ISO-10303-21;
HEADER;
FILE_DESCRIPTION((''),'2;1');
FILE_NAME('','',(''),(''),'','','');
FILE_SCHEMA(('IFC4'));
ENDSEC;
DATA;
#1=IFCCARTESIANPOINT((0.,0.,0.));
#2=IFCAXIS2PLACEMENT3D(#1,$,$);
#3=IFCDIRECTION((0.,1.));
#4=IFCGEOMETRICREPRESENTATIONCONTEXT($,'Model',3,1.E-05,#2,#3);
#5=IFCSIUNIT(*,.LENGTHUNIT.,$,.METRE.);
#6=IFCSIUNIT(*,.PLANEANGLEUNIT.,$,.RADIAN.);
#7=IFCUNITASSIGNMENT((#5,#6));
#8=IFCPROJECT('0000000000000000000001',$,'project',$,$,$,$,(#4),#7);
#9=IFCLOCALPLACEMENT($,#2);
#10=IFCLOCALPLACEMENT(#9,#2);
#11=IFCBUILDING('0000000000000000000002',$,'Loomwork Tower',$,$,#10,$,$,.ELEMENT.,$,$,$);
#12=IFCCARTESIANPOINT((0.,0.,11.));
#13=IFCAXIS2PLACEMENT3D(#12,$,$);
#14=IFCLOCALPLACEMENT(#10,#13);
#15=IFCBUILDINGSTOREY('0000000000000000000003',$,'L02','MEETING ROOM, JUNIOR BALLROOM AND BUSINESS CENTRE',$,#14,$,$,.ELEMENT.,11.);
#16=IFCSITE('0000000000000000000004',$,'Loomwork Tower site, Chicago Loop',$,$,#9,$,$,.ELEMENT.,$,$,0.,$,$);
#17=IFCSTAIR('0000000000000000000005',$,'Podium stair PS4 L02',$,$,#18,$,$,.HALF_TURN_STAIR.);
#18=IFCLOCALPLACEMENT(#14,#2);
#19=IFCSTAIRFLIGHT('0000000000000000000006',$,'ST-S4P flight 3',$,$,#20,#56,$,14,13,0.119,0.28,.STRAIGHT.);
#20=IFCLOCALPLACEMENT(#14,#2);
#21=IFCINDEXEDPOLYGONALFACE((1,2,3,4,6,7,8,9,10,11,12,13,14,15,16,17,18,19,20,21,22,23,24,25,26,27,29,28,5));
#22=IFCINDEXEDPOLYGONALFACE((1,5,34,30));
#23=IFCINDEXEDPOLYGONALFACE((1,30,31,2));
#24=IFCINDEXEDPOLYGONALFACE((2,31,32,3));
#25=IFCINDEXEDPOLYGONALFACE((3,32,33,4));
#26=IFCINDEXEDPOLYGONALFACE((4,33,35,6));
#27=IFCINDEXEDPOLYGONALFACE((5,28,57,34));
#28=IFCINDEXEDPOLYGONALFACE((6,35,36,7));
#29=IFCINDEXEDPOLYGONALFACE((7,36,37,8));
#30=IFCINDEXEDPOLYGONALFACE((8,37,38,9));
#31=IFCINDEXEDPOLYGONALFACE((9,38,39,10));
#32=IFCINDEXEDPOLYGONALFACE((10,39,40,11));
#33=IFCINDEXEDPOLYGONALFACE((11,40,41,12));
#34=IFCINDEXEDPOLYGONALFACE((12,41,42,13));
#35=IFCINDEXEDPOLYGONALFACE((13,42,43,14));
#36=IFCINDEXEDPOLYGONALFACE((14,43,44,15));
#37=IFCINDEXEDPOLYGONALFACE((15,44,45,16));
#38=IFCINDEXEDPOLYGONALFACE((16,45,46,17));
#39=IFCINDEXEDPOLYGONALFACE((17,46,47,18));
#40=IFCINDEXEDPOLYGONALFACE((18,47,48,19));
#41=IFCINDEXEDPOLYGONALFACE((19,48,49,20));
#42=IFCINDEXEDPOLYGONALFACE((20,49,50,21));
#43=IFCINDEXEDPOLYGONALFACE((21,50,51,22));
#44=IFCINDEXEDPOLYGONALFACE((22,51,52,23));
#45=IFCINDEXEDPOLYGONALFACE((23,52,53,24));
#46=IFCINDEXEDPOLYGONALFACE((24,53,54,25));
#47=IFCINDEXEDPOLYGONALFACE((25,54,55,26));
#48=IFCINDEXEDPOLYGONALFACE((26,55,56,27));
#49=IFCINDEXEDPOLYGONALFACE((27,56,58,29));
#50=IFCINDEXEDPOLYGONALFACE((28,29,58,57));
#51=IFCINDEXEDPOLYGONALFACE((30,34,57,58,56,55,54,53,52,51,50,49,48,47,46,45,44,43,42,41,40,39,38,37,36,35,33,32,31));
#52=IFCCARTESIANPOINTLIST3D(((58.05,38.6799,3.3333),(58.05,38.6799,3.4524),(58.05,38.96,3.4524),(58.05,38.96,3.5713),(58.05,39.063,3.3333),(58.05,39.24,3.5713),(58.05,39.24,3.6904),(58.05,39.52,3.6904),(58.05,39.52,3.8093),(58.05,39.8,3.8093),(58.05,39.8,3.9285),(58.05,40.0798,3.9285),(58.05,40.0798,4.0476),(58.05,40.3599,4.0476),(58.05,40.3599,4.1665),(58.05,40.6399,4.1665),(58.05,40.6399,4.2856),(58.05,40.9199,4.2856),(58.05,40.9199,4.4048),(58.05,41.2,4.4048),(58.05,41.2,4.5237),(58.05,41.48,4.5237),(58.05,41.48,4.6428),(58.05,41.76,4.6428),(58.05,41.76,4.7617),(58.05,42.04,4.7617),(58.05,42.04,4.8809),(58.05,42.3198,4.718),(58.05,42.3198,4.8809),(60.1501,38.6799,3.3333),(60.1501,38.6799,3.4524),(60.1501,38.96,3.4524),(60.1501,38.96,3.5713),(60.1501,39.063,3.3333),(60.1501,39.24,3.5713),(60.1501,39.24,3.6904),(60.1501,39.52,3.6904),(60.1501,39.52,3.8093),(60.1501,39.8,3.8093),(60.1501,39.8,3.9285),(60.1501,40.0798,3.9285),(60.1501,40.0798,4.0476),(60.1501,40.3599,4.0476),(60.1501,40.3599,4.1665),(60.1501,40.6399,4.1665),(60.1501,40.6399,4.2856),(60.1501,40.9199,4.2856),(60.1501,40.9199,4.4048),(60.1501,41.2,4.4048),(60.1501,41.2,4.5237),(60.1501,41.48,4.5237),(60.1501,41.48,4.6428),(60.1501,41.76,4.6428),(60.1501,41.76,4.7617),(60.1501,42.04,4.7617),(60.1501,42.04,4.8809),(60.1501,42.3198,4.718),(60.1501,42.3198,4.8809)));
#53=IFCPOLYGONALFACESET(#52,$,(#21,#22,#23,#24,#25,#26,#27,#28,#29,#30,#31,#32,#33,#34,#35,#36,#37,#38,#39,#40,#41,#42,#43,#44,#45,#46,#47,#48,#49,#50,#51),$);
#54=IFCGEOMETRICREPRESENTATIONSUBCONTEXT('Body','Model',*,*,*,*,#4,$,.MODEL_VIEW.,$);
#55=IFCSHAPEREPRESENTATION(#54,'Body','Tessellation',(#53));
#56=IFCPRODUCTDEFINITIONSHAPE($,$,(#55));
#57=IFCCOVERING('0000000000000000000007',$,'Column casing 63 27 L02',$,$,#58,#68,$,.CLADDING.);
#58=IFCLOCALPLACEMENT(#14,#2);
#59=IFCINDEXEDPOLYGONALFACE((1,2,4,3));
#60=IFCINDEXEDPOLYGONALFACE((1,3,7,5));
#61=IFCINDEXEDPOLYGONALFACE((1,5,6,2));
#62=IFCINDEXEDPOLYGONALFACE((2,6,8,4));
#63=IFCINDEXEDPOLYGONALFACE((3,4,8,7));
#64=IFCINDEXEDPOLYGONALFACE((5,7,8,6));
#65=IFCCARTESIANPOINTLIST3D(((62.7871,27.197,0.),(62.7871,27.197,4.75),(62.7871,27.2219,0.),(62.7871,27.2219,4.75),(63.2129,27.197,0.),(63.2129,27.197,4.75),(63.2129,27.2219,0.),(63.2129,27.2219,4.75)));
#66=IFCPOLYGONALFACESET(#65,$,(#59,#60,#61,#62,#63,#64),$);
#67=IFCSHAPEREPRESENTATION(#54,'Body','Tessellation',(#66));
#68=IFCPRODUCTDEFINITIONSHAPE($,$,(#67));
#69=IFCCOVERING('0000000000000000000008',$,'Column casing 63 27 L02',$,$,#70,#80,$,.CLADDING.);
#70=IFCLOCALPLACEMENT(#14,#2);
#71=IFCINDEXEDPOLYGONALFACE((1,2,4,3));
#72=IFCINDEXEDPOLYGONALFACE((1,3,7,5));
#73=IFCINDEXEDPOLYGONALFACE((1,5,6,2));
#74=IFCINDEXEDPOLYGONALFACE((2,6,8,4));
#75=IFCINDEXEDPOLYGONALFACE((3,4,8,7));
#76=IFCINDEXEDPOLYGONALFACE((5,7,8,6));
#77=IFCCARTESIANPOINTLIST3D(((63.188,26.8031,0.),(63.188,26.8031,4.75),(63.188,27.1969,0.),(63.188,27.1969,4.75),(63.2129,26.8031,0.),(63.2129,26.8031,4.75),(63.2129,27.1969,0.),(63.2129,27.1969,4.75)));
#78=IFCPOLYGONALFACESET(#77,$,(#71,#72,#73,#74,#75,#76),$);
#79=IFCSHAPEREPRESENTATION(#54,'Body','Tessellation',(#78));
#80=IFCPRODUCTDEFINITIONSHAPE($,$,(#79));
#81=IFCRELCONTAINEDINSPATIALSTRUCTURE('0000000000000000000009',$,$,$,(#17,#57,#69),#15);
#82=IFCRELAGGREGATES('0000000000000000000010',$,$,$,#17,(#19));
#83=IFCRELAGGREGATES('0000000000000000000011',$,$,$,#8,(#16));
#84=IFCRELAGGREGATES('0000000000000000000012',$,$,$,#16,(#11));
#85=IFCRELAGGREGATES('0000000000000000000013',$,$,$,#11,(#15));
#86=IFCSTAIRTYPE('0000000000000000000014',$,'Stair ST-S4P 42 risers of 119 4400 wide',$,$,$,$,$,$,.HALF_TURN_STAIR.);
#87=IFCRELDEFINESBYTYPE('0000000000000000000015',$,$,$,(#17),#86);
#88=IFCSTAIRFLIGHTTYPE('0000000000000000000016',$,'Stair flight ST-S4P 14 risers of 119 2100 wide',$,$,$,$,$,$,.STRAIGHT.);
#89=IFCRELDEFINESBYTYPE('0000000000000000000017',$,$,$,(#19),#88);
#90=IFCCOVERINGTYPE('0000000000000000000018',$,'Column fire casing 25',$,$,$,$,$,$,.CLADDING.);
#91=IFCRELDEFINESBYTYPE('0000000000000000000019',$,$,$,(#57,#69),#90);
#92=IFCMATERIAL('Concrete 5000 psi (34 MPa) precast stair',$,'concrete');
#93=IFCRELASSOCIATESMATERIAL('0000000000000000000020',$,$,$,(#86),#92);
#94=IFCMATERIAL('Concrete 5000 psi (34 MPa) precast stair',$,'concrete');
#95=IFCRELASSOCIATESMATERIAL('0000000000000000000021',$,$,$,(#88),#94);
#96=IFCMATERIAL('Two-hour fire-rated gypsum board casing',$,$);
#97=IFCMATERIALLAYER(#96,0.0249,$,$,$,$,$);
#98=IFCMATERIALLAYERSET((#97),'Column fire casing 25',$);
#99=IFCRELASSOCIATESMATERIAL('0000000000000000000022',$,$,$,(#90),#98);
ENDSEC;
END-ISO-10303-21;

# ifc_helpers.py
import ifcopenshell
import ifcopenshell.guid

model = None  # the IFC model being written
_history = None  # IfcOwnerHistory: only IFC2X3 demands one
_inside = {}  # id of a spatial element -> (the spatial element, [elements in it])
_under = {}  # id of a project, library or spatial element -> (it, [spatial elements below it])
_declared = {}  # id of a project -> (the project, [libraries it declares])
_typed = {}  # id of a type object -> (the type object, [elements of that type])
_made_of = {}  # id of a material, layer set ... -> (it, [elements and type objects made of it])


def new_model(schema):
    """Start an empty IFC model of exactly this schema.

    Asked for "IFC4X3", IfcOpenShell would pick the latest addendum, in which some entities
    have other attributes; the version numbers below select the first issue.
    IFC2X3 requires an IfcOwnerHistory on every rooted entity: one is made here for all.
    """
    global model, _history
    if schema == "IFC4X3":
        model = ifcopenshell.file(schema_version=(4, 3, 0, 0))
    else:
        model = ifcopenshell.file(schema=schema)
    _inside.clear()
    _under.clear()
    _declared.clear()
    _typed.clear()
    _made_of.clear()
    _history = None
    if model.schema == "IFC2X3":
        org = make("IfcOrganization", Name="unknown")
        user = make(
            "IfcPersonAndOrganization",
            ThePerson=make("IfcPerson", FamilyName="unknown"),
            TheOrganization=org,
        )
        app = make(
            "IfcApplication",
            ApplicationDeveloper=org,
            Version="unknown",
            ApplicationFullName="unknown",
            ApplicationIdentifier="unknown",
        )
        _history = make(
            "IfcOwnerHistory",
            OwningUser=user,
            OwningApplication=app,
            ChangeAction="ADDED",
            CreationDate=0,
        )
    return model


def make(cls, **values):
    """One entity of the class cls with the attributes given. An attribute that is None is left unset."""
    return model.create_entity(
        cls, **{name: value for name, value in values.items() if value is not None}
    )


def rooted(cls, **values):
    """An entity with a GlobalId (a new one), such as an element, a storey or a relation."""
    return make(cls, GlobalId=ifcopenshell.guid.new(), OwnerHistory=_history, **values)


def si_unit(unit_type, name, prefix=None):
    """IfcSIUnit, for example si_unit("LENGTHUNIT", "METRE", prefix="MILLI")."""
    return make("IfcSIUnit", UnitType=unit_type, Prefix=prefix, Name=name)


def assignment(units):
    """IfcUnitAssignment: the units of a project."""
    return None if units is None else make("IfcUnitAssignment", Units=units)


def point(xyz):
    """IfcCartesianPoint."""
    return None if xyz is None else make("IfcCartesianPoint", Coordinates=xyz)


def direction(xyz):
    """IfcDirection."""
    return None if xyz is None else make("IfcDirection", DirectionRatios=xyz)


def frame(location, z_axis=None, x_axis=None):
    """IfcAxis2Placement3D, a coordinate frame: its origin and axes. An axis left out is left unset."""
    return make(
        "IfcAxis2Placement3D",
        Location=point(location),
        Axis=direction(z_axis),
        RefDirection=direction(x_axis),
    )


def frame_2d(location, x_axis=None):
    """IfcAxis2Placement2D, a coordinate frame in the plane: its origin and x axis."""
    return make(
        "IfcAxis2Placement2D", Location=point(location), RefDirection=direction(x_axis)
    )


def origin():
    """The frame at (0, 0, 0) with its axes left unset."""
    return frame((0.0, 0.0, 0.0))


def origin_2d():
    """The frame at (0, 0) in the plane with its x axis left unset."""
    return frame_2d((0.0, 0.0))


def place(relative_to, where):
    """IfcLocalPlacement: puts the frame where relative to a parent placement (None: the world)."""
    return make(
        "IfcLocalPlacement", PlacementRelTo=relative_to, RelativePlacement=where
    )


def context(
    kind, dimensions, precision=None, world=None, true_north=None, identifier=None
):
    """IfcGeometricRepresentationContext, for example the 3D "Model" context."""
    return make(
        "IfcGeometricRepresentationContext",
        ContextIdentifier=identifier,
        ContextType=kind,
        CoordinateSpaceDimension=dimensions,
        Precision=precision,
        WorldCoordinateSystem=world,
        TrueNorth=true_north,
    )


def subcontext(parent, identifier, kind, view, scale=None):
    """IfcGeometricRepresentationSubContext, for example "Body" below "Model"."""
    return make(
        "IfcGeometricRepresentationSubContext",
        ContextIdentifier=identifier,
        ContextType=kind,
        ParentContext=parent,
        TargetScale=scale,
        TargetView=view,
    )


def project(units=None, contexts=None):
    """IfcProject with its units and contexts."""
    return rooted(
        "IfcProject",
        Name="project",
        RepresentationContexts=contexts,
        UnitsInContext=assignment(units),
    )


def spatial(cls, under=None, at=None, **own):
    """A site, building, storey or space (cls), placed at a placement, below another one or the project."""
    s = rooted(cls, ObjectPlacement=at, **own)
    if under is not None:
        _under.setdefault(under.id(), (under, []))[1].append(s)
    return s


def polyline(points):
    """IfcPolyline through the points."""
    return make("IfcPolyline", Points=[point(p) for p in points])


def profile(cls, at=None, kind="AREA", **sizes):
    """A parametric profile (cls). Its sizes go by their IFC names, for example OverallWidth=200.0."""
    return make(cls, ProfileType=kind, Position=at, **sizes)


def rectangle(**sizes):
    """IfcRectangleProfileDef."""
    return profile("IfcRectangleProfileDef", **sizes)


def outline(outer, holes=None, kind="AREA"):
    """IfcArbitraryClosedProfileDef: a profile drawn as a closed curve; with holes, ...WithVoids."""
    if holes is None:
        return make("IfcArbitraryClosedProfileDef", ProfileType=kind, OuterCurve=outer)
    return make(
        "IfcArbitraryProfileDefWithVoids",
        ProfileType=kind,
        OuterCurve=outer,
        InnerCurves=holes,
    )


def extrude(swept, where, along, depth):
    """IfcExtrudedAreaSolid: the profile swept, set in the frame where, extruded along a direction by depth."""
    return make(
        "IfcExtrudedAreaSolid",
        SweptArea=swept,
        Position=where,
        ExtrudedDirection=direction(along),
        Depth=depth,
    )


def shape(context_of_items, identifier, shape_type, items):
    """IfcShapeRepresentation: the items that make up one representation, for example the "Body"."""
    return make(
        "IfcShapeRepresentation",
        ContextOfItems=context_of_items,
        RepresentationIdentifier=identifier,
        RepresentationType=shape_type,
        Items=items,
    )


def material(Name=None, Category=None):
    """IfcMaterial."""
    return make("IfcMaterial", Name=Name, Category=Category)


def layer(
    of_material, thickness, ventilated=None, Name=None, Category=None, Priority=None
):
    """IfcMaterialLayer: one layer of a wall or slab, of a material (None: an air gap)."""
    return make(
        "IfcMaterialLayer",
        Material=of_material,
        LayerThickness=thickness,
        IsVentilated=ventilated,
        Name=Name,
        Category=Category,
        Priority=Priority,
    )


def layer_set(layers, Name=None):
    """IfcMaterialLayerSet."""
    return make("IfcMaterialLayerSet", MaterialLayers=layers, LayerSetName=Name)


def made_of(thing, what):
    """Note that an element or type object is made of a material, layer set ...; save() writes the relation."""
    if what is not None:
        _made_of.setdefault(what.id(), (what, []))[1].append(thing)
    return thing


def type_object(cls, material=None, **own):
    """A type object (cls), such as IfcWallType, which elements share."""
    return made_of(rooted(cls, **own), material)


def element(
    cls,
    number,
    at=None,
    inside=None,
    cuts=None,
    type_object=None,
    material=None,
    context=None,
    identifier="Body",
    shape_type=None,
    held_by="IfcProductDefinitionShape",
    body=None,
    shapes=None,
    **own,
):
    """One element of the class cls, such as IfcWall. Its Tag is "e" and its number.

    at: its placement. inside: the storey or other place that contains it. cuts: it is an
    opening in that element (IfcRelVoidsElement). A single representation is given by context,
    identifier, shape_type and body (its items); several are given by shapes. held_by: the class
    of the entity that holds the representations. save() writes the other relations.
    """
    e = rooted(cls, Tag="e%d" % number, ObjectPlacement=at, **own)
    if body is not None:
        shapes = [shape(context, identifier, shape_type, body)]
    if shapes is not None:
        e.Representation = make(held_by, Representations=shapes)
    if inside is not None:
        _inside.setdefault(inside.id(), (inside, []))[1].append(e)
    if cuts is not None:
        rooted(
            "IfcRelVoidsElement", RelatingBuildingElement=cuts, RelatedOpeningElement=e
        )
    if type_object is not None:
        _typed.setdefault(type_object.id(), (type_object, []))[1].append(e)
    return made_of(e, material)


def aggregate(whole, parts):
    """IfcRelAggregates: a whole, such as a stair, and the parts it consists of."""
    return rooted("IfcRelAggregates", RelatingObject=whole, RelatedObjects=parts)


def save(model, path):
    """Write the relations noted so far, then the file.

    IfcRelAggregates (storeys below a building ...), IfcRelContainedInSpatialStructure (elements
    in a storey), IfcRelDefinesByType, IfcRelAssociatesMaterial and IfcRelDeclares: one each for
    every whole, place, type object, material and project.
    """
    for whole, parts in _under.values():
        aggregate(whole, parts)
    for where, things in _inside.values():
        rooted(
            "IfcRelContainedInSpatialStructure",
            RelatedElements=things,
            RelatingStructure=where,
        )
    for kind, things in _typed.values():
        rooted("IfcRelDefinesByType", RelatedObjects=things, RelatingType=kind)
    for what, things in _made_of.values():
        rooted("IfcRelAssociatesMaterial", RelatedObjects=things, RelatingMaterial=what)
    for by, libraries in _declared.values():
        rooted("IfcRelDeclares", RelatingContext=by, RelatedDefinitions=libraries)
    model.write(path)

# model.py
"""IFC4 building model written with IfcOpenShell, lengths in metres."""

from ifc_helpers import new_model, si_unit, direction, frame, origin, origin_2d, place, context, subcontext, project, spatial, polyline, rectangle, outline, extrude, material, layer, layer_set, type_object, element, aggregate, save


model = new_model("IFC4")

# Units and contexts
model_context = context("Model", 3, precision=1e-05, world=origin(), true_north=direction((0.0, 1.0)))
body_context = subcontext(model_context, "Body", "Model", "MODEL_VIEW")
ifc_project = project(units=[si_unit("LENGTHUNIT", "METRE"), si_unit("PLANEANGLEUNIT", "RADIAN")], contexts=[model_context])

# Site, building, storey
site_placement = place(None, origin())
site = spatial("IfcSite", under=ifc_project, at=site_placement, Name="Loomwork Tower site, Chicago Loop", CompositionType="ELEMENT", RefElevation=0.0)
building_placement = place(site_placement, origin())
building = spatial("IfcBuilding", under=site, at=building_placement, Name="Loomwork Tower", CompositionType="ELEMENT")
storey_placement = place(building_placement, frame((0.0, 0.0, 11.0)))
storey = spatial("IfcBuildingStorey", under=building, at=storey_placement, Name="L02", Description="MEETING ROOM, JUNIOR BALLROOM AND BUSINESS CENTRE", CompositionType="ELEMENT", Elevation=11.0)

# Stair, stair flight
ifc_material_1 = material(Name="Concrete 5000 psi (34 MPa) precast stair", Category="concrete")
stair_type = type_object("IfcStairType", Name="Stair ST-S4P 42 risers of 119 4400 wide", PredefinedType="HALF_TURN_STAIR", material=ifc_material_1)
stair_placement = place(storey_placement, origin())
stair = element("IfcStair", 1, at=stair_placement, inside=storey, type_object=stair_type, Name="Podium stair PS4 L02", PredefinedType="HALF_TURN_STAIR")
ifc_material_2 = material(Name="Concrete 5000 psi (34 MPa) precast stair", Category="concrete")
stair_flight_type = type_object("IfcStairFlightType", Name="Stair flight ST-S4P 14 risers of 119 2100 wide", PredefinedType="STRAIGHT", material=ifc_material_2)
stair_flight_1_placement = place(storey_placement, frame((59.1001, 38.6799, 3.3333), z_axis=(0.0, 0.0, 1.0), x_axis=(0.0, 1.0, 0.0)))
stair_flight_1 = element("IfcStairFlight", 2, at=stair_flight_1_placement, type_object=stair_flight_type, Name="ST-S4P flight 3", NumberOfRisers=14, NumberOfTreads=13, PredefinedType="STRAIGHT", RiserHeight=0.119, TreadLength=0.28, context=body_context, shape_type="SweptSolid", body=[
    extrude(outline(polyline([(0.0, 0.0), (0.0, 0.1191), (0.28, 0.1191), (0.28, 0.238), (0.5601, 0.238), (0.5601, 0.3572), (0.8401, 0.3572), (0.8401, 0.4761), (1.1201, 0.4761), (1.1201, 0.5952), (1.3999, 0.5952), (1.3999, 0.7144), (1.6799, 0.7144), (1.6799, 0.8333), (1.96, 0.8333), (1.96, 0.9524), (2.24, 0.9524), (2.24, 1.0715), (2.52, 1.0715), (2.52, 1.1904), (2.8, 1.1904), (2.8, 1.3096), (3.0801, 1.3096), (3.0801, 1.4285), (3.3601, 1.4285), (3.3601, 1.5476), (3.6399, 1.5476), (3.6399, 1.6667), (3.6399, 1.3848), (0.3831, 0.0), (0.0, 0.0)])), frame((0.0, 1.05, 0.0), z_axis=(0.0, -1.0, 0.0), x_axis=(1.0, 0.0, 0.0)), (0.0, 0.0, 1.0), 2.1001),
])
aggregate(stair, [stair_flight_1])

# Coverings
ifc_material_3 = material(Name="Two-hour fire-rated gypsum board casing")
ifc_layer_1 = layer(ifc_material_3, 0.0249)
ifc_layer_set_1 = layer_set([ifc_layer_1], Name="Column fire casing 25")
covering_type = type_object("IfcCoveringType", Name="Column fire casing 25", PredefinedType="CLADDING", material=ifc_layer_set_1)
covering_1_placement = place(storey_placement, frame((63.0, 27.2095, 0.0), z_axis=(0.0, 0.0, 1.0), x_axis=(1.0, 0.0, 0.0)))
element("IfcCovering", 3, at=covering_1_placement, inside=storey, type_object=covering_type, Name="Column casing 63 27 L02", PredefinedType="CLADDING", context=body_context, shape_type="SweptSolid", body=[
    extrude(rectangle(XDim=0.4258, YDim=0.0249, at=origin_2d()), origin(), (0.0, 0.0, 1.0), 4.75),
])
covering_2_placement = place(storey_placement, frame((63.2004, 27.0, 0.0), z_axis=(0.0, 0.0, 1.0), x_axis=(1.0, 0.0, 0.0)))
element("IfcCovering", 4, at=covering_2_placement, inside=storey, type_object=covering_type, Name="Column casing 63 27 L02", PredefinedType="CLADDING", context=body_context, shape_type="SweptSolid", body=[
    extrude(rectangle(XDim=0.0249, YDim=0.3938, at=origin_2d()), origin(), (0.0, 0.0, 1.0), 4.75),
])

save(model, "model.ifc")
